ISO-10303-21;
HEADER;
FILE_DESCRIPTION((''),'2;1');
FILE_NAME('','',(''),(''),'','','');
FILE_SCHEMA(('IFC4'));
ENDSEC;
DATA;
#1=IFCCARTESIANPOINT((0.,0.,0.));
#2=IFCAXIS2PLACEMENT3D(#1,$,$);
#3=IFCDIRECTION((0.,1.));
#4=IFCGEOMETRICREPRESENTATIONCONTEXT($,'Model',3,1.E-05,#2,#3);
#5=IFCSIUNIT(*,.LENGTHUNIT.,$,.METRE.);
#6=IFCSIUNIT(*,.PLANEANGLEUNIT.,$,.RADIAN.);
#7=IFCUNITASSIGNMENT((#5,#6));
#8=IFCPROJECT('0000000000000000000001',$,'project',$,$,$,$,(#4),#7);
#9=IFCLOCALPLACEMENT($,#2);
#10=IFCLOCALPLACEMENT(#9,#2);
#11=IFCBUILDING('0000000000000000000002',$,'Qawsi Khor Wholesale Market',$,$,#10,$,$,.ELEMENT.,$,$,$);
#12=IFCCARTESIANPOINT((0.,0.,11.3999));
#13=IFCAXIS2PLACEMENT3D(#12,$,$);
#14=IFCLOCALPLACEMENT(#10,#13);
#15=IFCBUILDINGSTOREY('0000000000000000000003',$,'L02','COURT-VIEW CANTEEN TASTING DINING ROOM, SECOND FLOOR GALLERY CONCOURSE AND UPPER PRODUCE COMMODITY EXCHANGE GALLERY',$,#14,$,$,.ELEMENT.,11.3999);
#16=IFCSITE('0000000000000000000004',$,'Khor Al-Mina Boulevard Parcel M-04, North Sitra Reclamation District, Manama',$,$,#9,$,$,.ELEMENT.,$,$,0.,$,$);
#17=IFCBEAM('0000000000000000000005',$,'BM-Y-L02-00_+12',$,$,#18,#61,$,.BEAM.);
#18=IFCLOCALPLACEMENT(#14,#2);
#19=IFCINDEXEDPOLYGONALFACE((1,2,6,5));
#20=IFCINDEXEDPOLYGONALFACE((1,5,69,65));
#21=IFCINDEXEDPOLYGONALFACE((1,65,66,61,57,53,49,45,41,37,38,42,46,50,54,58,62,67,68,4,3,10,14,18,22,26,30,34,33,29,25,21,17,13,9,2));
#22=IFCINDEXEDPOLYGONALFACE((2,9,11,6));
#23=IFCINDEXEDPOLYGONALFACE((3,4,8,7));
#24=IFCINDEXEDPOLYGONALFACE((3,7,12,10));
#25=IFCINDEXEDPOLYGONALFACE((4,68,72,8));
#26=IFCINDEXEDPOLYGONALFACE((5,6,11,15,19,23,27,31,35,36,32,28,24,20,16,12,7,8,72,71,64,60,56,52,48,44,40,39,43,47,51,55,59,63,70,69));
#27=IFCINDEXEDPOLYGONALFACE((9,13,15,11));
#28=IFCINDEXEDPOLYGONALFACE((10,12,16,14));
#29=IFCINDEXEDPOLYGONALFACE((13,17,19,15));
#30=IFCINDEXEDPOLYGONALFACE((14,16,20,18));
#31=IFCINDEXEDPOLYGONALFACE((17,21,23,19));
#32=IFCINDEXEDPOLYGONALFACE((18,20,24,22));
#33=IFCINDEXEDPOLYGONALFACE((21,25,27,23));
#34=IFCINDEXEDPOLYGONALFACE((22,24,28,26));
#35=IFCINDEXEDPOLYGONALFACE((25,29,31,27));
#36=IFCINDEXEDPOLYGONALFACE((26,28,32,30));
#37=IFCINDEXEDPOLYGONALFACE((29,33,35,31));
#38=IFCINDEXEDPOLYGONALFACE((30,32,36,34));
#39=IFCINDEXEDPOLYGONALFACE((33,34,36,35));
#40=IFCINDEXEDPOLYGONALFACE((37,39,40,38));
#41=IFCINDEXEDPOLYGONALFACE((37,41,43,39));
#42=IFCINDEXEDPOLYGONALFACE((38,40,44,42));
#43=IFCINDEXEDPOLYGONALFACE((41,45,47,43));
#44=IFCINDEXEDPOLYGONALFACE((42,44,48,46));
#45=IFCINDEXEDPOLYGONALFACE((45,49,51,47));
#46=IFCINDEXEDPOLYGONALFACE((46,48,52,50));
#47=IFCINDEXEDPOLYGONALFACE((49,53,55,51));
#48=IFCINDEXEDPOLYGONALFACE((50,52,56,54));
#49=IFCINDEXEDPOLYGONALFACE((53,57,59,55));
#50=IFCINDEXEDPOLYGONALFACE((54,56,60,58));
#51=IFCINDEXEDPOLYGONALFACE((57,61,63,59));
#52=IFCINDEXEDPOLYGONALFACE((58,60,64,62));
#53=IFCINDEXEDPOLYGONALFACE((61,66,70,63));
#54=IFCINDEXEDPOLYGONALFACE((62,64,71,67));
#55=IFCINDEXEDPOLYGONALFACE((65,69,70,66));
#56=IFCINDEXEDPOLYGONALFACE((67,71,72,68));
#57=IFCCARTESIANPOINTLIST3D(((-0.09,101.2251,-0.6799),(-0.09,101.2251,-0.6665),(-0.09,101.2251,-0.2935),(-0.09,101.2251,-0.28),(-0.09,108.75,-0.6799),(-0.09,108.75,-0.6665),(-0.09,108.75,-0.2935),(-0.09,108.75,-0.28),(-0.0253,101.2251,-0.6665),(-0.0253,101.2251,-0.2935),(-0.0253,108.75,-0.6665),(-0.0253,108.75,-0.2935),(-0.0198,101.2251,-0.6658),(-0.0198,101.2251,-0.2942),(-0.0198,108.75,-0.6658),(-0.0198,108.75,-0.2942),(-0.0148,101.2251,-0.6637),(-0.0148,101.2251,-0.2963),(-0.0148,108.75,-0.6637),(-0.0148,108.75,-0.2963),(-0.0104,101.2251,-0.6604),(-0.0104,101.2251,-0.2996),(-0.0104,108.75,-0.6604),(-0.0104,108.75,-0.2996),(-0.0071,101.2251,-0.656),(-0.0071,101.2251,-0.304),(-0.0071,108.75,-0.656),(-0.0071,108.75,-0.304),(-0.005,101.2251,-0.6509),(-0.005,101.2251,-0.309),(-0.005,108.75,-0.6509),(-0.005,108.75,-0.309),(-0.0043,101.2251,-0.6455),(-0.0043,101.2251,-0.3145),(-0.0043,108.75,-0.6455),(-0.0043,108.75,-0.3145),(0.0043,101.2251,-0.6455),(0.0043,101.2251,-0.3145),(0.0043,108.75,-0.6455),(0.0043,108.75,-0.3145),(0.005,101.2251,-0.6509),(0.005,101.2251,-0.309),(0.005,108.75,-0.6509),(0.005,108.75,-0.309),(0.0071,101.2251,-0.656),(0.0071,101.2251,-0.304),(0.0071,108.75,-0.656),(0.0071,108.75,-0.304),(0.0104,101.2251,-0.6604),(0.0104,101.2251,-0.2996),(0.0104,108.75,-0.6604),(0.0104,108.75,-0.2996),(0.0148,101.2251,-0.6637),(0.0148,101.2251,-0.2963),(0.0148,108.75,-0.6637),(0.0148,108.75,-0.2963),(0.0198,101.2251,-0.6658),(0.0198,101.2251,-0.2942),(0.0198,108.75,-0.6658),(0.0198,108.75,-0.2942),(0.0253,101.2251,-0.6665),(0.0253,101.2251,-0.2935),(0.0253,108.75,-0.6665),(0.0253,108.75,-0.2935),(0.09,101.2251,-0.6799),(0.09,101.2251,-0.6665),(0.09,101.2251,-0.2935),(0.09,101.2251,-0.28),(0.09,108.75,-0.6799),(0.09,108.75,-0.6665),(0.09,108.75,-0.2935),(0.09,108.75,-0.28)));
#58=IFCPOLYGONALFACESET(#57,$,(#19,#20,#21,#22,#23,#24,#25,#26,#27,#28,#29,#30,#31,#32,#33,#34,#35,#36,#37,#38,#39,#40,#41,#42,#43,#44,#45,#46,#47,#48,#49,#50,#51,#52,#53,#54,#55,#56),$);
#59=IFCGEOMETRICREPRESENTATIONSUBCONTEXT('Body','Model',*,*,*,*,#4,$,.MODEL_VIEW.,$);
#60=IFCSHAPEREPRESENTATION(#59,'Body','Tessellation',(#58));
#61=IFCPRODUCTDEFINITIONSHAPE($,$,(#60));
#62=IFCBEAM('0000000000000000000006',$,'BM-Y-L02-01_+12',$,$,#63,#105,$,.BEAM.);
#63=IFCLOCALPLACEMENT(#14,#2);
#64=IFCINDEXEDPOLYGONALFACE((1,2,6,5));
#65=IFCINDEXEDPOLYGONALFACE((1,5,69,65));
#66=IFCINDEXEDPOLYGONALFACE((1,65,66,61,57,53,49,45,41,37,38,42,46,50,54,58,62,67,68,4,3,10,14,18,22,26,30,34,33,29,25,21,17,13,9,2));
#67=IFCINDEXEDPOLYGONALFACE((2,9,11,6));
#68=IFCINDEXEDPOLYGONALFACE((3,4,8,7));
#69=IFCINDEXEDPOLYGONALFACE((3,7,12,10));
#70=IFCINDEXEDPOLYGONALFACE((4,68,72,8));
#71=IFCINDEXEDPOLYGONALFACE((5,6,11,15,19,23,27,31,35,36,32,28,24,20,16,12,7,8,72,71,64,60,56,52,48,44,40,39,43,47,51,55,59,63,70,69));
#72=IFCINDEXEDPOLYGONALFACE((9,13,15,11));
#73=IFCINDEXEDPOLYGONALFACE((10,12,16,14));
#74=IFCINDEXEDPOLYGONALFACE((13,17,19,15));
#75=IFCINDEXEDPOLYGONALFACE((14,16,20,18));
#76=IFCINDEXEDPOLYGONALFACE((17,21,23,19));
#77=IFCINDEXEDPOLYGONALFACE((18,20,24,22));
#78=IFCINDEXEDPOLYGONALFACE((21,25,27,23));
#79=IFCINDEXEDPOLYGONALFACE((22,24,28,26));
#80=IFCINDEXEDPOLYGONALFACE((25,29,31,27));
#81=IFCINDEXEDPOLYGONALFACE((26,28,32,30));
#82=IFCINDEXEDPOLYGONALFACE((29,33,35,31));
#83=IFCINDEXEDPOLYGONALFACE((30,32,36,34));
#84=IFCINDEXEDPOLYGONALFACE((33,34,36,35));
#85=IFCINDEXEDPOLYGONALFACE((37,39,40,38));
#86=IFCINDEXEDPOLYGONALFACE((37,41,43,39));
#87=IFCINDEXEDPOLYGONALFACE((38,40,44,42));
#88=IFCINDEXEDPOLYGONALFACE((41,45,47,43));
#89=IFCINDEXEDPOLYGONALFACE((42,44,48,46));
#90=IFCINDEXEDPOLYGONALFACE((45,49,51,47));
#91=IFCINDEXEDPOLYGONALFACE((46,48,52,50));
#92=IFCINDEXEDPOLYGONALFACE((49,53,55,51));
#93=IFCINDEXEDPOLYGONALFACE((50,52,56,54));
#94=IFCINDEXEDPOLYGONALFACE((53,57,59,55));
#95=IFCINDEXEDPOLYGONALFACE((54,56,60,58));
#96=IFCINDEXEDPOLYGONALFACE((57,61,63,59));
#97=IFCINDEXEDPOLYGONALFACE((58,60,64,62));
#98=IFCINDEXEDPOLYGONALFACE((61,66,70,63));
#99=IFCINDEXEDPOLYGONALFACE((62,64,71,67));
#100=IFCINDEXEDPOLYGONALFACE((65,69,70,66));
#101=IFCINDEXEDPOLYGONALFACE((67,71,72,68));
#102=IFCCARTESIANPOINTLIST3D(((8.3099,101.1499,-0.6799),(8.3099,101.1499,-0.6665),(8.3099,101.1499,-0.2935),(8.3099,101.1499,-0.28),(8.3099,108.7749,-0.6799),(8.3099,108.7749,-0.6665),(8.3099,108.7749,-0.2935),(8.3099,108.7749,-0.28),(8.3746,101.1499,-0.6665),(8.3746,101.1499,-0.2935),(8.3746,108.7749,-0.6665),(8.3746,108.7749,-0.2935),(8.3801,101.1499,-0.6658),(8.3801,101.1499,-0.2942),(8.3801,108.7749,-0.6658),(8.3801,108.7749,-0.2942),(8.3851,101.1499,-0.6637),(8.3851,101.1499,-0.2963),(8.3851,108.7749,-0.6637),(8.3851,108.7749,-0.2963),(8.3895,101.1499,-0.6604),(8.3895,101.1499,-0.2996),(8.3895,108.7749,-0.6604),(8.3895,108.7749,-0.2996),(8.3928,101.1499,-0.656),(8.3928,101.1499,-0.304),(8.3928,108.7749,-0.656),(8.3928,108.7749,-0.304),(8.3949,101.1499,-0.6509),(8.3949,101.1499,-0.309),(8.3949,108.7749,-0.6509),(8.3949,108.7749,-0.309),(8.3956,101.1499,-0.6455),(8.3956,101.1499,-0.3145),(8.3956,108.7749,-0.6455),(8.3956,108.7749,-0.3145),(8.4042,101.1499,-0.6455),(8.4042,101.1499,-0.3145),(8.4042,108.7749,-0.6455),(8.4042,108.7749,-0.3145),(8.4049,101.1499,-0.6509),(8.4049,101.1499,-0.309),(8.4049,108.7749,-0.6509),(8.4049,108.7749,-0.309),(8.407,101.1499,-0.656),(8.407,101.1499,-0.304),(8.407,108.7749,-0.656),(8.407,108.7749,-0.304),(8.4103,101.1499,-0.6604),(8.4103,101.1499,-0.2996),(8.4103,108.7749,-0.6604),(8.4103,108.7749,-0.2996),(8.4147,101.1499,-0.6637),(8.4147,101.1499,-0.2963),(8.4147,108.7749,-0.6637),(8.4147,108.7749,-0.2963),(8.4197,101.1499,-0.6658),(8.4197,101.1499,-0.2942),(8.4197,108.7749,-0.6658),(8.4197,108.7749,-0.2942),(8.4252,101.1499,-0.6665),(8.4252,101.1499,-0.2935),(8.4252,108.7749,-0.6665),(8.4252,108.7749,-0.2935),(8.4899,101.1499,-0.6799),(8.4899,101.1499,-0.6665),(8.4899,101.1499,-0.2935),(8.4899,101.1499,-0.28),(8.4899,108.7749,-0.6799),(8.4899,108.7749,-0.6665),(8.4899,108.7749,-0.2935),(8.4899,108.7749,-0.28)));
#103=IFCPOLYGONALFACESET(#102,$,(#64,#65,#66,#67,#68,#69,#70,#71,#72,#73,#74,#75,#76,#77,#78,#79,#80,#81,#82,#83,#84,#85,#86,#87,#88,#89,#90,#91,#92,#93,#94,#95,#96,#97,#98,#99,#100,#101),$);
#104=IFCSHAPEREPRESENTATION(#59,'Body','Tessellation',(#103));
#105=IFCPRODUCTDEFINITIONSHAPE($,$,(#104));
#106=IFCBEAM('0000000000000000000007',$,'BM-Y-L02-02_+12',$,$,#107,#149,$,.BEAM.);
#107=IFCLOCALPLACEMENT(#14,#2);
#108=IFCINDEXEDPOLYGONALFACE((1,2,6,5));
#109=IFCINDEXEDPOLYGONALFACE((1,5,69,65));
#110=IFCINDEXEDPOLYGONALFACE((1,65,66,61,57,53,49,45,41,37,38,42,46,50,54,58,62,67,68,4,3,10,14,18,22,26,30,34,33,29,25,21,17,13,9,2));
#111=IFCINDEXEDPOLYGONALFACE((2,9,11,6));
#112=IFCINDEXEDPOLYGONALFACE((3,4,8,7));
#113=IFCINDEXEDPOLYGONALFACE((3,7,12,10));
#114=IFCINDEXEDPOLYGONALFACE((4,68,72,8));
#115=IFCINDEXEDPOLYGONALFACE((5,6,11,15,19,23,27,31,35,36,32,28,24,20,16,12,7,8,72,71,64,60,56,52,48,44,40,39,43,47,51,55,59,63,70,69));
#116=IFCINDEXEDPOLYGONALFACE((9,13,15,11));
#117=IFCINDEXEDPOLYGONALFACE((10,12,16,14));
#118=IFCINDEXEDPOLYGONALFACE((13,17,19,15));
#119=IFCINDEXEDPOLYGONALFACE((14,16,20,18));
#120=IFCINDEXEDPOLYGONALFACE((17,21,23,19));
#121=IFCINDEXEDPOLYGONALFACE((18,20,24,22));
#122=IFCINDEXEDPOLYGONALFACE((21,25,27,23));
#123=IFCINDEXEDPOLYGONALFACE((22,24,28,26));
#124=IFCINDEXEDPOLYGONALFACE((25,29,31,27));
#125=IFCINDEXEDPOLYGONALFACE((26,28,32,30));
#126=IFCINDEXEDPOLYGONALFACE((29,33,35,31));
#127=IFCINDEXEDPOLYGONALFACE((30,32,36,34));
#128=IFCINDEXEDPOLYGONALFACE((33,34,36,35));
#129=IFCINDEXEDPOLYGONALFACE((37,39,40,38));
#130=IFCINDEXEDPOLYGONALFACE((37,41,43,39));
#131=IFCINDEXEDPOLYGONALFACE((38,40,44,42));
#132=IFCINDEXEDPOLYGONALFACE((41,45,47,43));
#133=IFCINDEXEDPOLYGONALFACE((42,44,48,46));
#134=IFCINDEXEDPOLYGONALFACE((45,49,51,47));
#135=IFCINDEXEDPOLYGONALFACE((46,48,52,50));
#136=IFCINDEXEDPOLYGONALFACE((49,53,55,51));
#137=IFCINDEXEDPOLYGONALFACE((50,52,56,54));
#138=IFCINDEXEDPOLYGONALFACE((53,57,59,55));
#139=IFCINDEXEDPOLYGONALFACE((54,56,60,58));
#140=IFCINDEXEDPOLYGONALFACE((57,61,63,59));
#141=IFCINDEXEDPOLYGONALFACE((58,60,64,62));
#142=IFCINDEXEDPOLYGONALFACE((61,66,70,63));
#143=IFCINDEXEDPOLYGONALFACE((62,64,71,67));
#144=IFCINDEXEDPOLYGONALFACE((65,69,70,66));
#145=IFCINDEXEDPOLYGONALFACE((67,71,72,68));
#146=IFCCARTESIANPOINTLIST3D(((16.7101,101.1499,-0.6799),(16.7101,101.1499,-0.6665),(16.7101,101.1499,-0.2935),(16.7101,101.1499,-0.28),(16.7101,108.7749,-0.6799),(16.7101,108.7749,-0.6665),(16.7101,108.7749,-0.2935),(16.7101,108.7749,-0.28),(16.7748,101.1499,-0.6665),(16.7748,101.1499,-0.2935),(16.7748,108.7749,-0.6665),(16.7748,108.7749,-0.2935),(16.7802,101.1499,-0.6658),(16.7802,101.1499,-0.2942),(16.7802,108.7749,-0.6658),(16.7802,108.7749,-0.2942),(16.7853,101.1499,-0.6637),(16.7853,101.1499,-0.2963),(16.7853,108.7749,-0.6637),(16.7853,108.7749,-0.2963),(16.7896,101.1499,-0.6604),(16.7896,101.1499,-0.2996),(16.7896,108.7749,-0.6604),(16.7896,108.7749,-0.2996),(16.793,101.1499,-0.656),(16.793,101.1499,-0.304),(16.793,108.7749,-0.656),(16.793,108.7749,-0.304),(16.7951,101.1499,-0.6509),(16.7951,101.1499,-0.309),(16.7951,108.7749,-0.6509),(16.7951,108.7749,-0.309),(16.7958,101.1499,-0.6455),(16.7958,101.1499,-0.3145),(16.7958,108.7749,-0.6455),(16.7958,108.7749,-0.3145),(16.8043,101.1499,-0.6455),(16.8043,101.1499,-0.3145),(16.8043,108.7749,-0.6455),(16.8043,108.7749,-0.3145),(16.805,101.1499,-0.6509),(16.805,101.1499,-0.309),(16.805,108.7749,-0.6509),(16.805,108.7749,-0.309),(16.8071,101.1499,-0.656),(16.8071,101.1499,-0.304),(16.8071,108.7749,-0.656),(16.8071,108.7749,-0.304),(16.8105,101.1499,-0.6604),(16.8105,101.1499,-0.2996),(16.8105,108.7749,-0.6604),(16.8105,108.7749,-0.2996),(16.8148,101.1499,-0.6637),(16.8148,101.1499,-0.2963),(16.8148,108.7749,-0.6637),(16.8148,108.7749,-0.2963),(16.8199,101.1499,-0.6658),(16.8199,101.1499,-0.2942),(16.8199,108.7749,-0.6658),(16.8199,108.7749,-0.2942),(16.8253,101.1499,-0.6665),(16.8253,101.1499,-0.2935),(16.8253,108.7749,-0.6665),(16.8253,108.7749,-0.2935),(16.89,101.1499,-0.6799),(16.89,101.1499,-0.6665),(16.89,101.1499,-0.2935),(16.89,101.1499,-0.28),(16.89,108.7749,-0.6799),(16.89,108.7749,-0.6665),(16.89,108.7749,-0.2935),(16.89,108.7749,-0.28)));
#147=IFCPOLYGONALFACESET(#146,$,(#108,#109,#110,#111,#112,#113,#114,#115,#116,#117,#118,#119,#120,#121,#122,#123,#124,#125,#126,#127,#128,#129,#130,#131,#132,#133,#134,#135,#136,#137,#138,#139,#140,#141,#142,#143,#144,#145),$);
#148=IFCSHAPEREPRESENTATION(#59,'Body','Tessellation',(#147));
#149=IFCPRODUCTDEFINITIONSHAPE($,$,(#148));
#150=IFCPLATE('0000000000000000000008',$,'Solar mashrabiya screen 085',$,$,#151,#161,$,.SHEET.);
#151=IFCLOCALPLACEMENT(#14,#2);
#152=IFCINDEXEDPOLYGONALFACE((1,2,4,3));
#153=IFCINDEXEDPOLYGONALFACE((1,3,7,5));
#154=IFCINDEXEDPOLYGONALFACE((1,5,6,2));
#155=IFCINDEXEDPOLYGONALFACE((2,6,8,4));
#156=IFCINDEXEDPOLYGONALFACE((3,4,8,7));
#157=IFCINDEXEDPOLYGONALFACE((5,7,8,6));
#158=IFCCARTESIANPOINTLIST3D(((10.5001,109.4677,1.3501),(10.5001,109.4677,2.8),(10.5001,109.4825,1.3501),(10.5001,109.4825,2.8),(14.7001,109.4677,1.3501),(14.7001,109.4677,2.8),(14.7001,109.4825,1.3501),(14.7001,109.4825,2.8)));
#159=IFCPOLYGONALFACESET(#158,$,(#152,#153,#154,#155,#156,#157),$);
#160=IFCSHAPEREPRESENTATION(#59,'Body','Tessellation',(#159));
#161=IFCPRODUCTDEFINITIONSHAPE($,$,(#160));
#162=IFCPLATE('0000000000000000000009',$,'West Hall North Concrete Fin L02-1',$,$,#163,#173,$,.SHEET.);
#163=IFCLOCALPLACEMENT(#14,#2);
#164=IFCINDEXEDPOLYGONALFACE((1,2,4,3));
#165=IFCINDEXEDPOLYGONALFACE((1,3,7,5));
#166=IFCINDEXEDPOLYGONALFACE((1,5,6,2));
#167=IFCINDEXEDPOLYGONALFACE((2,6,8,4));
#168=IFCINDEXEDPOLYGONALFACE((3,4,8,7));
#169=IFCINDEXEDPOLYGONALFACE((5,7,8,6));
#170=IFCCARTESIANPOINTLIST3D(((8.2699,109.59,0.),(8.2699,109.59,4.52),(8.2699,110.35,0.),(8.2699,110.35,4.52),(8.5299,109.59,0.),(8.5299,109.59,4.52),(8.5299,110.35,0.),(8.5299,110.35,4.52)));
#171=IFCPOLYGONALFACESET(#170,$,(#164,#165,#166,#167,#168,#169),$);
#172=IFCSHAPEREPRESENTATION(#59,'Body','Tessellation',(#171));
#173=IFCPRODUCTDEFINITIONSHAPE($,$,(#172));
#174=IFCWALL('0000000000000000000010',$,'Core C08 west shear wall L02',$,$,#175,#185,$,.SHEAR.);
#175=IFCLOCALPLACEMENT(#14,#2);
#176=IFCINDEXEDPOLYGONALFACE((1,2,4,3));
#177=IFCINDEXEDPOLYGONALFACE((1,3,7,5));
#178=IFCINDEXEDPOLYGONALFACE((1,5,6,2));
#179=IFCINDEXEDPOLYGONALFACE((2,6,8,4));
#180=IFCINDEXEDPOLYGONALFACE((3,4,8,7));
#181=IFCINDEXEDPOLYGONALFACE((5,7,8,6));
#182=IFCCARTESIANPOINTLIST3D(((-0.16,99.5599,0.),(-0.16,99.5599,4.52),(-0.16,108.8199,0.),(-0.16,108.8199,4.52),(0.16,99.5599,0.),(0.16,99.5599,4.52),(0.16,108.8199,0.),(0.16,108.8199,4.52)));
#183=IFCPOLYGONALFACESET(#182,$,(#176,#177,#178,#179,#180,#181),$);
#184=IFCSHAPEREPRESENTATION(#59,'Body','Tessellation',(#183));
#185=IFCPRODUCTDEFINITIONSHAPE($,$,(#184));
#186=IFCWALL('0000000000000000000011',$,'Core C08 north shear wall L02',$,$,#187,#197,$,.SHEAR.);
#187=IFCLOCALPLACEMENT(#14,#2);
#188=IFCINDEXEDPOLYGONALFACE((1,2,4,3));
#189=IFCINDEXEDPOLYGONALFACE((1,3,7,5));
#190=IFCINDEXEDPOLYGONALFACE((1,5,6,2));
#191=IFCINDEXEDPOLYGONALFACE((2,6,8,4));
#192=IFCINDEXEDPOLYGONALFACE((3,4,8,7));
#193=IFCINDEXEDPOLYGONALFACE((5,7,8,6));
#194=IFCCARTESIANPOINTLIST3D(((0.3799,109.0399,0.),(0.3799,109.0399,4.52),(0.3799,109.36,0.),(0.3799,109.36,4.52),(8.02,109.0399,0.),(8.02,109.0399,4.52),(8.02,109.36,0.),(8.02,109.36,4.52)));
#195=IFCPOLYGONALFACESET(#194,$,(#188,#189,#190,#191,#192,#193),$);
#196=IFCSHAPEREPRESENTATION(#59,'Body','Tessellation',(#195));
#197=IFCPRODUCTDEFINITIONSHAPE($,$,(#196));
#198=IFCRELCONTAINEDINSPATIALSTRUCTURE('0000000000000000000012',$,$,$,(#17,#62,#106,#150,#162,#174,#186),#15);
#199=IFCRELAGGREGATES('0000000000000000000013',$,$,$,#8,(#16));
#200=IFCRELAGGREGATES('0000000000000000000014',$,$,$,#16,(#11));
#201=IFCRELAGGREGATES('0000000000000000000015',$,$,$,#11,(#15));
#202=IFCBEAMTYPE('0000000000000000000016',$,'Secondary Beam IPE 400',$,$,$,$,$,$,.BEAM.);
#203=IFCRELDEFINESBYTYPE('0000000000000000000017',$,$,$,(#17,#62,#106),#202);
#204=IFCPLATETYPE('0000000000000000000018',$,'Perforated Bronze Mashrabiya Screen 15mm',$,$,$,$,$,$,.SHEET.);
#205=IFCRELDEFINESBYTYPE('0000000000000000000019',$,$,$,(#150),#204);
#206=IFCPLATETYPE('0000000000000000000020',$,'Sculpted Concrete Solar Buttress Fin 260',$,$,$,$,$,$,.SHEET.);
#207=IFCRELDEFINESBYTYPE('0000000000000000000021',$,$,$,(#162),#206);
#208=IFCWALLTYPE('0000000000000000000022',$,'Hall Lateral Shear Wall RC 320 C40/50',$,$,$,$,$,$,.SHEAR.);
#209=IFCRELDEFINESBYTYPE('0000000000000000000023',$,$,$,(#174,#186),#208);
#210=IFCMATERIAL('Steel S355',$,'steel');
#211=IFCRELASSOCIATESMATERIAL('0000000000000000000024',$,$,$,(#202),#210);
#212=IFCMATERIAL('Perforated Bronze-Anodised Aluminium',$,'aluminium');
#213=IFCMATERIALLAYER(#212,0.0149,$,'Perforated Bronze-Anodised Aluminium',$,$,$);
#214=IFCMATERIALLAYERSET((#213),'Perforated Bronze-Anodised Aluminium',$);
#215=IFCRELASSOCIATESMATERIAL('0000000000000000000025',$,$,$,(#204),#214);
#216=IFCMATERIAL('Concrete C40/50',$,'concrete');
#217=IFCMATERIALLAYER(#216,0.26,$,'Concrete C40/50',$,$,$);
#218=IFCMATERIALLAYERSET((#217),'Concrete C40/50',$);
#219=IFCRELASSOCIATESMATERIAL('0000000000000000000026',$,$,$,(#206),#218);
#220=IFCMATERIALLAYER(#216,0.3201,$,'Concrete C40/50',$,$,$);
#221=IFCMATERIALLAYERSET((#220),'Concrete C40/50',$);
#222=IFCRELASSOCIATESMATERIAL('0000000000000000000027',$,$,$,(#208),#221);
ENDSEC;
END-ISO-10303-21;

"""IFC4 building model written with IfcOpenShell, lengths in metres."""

from ifc_helpers import new_model, si_unit, direction, frame, frame_2d, origin, origin_2d, place, context, subcontext, project, spatial, rectangle, i_section, extrude, material, layer, layer_set, material_profile, profile_set, type_object, element, save


model = new_model("IFC4")

# Units and contexts
model_context = context("Model", 3, precision=1e-05, world=origin(), true_north=direction((0.0, 1.0)))
body_context = subcontext(model_context, "Body", "Model", "MODEL_VIEW")
ifc_project = project(units=[si_unit("LENGTHUNIT", "METRE"), si_unit("PLANEANGLEUNIT", "RADIAN")], contexts=[model_context])

# Site, building, storey
site_placement = place(None, origin())
site = spatial("IfcSite", under=ifc_project, at=site_placement, Name="Khor Al-Mina Boulevard Parcel M-04, North Sitra Reclamation District, Manama", CompositionType="ELEMENT", RefElevation=0.0)
building_placement = place(site_placement, origin())
building = spatial("IfcBuilding", under=site, at=building_placement, Name="Qawsi Khor Wholesale Market", CompositionType="ELEMENT")
storey_placement = place(building_placement, frame((0.0, 0.0, 11.3999)))
storey = spatial("IfcBuildingStorey", under=building, at=storey_placement, Name="L02", Description="COURT-VIEW CANTEEN TASTING DINING ROOM, SECOND FLOOR GALLERY CONCOURSE AND UPPER PRODUCE COMMODITY EXCHANGE GALLERY", CompositionType="ELEMENT", Elevation=11.3999)

# Shared definitions
ifc_material_1 = material(Name="Concrete C40/50", Category="concrete")

# Beams
ifc_material_2 = material(Name="Steel S355", Category="steel")
ifc_material_profile_1 = material_profile(ifc_material_2, i_section(OverallWidth=0.1799, OverallDepth=0.3999, WebThickness=0.0085, FlangeThickness=0.0134, FilletRadius=0.021, at=origin_2d()), Name="IPE 400")
ifc_profile_set_1 = profile_set([ifc_material_profile_1], Name="Steel S355")
beam_type_1 = type_object("IfcBeamType", Name="Secondary Beam IPE 400", PredefinedType="BEAM", material=ifc_profile_set_1)
beam_1_placement = place(storey_placement, frame((0.0, 101.2251, -0.48), z_axis=(0.0, 1.0, 0.0), x_axis=(-1.0, 0.0, 0.0)))
element("IfcBeam", 1, at=beam_1_placement, inside=storey, type_object=beam_type_1, Name="BM-Y-L02-00_+12", PredefinedType="BEAM", context=body_context, shape_type="SweptSolid", body=[
    extrude(i_section(OverallWidth=0.1799, OverallDepth=0.3999, WebThickness=0.0085, FlangeThickness=0.0134, FilletRadius=0.021, at=origin_2d()), origin(), (0.0, 0.0, 1.0), 7.5249),
])
for number, where, z_axis, x_axis, name in (
    (2, (8.3999, 101.1499, -0.48), (0.0, 1.0, 0.0), (-1.0, 0.0, 0.0), "BM-Y-L02-01_+12"),
    (3, (16.8, 101.1499, -0.48), (0.0, 1.0, 0.0), (-1.0, 0.0, 0.0), "BM-Y-L02-02_+12"),
):
    element("IfcBeam", number, at=place(storey_placement, frame(where, z_axis=z_axis, x_axis=x_axis)), inside=storey, type_object=beam_type_1, Name=name, PredefinedType="BEAM", context=body_context, shape_type="SweptSolid", body=[
        extrude(i_section(OverallWidth=0.1799, OverallDepth=0.3999, WebThickness=0.0085, FlangeThickness=0.0134, FilletRadius=0.021, at=origin_2d()), origin(), (0.0, 0.0, 1.0), 7.625),
    ])

# Plates
ifc_material_3 = material(Name="Perforated Bronze-Anodised Aluminium", Category="aluminium")
ifc_layer_1 = layer(ifc_material_3, 0.0149, Name="Perforated Bronze-Anodised Aluminium")
ifc_layer_set_1 = layer_set([ifc_layer_1], Name="Perforated Bronze-Anodised Aluminium")
plate_type_1 = type_object("IfcPlateType", Name="Perforated Bronze Mashrabiya Screen 15mm", PredefinedType="SHEET", material=ifc_layer_set_1)
plate_1_placement = place(storey_placement, frame((10.5, 109.4751, 1.3501), z_axis=(0.0, 0.0, 1.0), x_axis=(1.0, 0.0, 0.0)))
element("IfcPlate", 4, at=plate_1_placement, inside=storey, type_object=plate_type_1, Name="Solar mashrabiya screen 085", PredefinedType="SHEET", context=body_context, shape_type="SweptSolid", body=[
    extrude(rectangle(XDim=4.2, YDim=0.0149, at=frame_2d((2.1001, 0.0))), origin(), (0.0, 0.0, 1.0), 1.45),
])
ifc_layer_2 = layer(ifc_material_1, 0.26, Name="Concrete C40/50")
ifc_layer_set_2 = layer_set([ifc_layer_2], Name="Concrete C40/50")
plate_type_2 = type_object("IfcPlateType", Name="Sculpted Concrete Solar Buttress Fin 260", PredefinedType="SHEET", material=ifc_layer_set_2)
plate_2_placement = place(storey_placement, frame((8.3999, 109.5901, 0.0), z_axis=(0.0, 0.0, 1.0), x_axis=(0.0, 1.0, 0.0)))
element("IfcPlate", 5, at=plate_2_placement, inside=storey, type_object=plate_type_2, Name="West Hall North Concrete Fin L02-1", PredefinedType="SHEET", context=body_context, shape_type="SweptSolid", body=[
    extrude(rectangle(XDim=0.76, YDim=0.26, at=frame_2d((0.3799, 0.0))), origin(), (0.0, 0.0, 1.0), 4.52),
])

# Walls
ifc_layer_3 = layer(ifc_material_1, 0.3201, Name="Concrete C40/50")
ifc_layer_set_3 = layer_set([ifc_layer_3], Name="Concrete C40/50")
wall_type_1 = type_object("IfcWallType", Name="Hall Lateral Shear Wall RC 320 C40/50", PredefinedType="SHEAR", material=ifc_layer_set_3)
wall_1_placement = place(storey_placement, frame((0.0, 99.5601, 0.0), z_axis=(0.0, 0.0, 1.0), x_axis=(0.0, 1.0, 0.0)))
element("IfcWall", 6, at=wall_1_placement, inside=storey, type_object=wall_type_1, Name="Core C08 west shear wall L02", PredefinedType="SHEAR", context=body_context, shape_type="SweptSolid", body=[
    extrude(rectangle(XDim=9.26, YDim=0.3201, at=frame_2d((4.6299, 0.0))), origin(), (0.0, 0.0, 1.0), 4.52),
])
wall_2_placement = place(storey_placement, frame((0.3799, 109.2, 0.0), z_axis=(0.0, 0.0, 1.0), x_axis=(1.0, 0.0, 0.0)))
element("IfcWall", 7, at=wall_2_placement, inside=storey, type_object=wall_type_1, Name="Core C08 north shear wall L02", PredefinedType="SHEAR", context=body_context, shape_type="SweptSolid", body=[
    extrude(rectangle(XDim=7.6401, YDim=0.3201, at=frame_2d((3.8201, 0.0))), origin(), (0.0, 0.0, 1.0), 4.52),
])

save(model, "model.ifc")
